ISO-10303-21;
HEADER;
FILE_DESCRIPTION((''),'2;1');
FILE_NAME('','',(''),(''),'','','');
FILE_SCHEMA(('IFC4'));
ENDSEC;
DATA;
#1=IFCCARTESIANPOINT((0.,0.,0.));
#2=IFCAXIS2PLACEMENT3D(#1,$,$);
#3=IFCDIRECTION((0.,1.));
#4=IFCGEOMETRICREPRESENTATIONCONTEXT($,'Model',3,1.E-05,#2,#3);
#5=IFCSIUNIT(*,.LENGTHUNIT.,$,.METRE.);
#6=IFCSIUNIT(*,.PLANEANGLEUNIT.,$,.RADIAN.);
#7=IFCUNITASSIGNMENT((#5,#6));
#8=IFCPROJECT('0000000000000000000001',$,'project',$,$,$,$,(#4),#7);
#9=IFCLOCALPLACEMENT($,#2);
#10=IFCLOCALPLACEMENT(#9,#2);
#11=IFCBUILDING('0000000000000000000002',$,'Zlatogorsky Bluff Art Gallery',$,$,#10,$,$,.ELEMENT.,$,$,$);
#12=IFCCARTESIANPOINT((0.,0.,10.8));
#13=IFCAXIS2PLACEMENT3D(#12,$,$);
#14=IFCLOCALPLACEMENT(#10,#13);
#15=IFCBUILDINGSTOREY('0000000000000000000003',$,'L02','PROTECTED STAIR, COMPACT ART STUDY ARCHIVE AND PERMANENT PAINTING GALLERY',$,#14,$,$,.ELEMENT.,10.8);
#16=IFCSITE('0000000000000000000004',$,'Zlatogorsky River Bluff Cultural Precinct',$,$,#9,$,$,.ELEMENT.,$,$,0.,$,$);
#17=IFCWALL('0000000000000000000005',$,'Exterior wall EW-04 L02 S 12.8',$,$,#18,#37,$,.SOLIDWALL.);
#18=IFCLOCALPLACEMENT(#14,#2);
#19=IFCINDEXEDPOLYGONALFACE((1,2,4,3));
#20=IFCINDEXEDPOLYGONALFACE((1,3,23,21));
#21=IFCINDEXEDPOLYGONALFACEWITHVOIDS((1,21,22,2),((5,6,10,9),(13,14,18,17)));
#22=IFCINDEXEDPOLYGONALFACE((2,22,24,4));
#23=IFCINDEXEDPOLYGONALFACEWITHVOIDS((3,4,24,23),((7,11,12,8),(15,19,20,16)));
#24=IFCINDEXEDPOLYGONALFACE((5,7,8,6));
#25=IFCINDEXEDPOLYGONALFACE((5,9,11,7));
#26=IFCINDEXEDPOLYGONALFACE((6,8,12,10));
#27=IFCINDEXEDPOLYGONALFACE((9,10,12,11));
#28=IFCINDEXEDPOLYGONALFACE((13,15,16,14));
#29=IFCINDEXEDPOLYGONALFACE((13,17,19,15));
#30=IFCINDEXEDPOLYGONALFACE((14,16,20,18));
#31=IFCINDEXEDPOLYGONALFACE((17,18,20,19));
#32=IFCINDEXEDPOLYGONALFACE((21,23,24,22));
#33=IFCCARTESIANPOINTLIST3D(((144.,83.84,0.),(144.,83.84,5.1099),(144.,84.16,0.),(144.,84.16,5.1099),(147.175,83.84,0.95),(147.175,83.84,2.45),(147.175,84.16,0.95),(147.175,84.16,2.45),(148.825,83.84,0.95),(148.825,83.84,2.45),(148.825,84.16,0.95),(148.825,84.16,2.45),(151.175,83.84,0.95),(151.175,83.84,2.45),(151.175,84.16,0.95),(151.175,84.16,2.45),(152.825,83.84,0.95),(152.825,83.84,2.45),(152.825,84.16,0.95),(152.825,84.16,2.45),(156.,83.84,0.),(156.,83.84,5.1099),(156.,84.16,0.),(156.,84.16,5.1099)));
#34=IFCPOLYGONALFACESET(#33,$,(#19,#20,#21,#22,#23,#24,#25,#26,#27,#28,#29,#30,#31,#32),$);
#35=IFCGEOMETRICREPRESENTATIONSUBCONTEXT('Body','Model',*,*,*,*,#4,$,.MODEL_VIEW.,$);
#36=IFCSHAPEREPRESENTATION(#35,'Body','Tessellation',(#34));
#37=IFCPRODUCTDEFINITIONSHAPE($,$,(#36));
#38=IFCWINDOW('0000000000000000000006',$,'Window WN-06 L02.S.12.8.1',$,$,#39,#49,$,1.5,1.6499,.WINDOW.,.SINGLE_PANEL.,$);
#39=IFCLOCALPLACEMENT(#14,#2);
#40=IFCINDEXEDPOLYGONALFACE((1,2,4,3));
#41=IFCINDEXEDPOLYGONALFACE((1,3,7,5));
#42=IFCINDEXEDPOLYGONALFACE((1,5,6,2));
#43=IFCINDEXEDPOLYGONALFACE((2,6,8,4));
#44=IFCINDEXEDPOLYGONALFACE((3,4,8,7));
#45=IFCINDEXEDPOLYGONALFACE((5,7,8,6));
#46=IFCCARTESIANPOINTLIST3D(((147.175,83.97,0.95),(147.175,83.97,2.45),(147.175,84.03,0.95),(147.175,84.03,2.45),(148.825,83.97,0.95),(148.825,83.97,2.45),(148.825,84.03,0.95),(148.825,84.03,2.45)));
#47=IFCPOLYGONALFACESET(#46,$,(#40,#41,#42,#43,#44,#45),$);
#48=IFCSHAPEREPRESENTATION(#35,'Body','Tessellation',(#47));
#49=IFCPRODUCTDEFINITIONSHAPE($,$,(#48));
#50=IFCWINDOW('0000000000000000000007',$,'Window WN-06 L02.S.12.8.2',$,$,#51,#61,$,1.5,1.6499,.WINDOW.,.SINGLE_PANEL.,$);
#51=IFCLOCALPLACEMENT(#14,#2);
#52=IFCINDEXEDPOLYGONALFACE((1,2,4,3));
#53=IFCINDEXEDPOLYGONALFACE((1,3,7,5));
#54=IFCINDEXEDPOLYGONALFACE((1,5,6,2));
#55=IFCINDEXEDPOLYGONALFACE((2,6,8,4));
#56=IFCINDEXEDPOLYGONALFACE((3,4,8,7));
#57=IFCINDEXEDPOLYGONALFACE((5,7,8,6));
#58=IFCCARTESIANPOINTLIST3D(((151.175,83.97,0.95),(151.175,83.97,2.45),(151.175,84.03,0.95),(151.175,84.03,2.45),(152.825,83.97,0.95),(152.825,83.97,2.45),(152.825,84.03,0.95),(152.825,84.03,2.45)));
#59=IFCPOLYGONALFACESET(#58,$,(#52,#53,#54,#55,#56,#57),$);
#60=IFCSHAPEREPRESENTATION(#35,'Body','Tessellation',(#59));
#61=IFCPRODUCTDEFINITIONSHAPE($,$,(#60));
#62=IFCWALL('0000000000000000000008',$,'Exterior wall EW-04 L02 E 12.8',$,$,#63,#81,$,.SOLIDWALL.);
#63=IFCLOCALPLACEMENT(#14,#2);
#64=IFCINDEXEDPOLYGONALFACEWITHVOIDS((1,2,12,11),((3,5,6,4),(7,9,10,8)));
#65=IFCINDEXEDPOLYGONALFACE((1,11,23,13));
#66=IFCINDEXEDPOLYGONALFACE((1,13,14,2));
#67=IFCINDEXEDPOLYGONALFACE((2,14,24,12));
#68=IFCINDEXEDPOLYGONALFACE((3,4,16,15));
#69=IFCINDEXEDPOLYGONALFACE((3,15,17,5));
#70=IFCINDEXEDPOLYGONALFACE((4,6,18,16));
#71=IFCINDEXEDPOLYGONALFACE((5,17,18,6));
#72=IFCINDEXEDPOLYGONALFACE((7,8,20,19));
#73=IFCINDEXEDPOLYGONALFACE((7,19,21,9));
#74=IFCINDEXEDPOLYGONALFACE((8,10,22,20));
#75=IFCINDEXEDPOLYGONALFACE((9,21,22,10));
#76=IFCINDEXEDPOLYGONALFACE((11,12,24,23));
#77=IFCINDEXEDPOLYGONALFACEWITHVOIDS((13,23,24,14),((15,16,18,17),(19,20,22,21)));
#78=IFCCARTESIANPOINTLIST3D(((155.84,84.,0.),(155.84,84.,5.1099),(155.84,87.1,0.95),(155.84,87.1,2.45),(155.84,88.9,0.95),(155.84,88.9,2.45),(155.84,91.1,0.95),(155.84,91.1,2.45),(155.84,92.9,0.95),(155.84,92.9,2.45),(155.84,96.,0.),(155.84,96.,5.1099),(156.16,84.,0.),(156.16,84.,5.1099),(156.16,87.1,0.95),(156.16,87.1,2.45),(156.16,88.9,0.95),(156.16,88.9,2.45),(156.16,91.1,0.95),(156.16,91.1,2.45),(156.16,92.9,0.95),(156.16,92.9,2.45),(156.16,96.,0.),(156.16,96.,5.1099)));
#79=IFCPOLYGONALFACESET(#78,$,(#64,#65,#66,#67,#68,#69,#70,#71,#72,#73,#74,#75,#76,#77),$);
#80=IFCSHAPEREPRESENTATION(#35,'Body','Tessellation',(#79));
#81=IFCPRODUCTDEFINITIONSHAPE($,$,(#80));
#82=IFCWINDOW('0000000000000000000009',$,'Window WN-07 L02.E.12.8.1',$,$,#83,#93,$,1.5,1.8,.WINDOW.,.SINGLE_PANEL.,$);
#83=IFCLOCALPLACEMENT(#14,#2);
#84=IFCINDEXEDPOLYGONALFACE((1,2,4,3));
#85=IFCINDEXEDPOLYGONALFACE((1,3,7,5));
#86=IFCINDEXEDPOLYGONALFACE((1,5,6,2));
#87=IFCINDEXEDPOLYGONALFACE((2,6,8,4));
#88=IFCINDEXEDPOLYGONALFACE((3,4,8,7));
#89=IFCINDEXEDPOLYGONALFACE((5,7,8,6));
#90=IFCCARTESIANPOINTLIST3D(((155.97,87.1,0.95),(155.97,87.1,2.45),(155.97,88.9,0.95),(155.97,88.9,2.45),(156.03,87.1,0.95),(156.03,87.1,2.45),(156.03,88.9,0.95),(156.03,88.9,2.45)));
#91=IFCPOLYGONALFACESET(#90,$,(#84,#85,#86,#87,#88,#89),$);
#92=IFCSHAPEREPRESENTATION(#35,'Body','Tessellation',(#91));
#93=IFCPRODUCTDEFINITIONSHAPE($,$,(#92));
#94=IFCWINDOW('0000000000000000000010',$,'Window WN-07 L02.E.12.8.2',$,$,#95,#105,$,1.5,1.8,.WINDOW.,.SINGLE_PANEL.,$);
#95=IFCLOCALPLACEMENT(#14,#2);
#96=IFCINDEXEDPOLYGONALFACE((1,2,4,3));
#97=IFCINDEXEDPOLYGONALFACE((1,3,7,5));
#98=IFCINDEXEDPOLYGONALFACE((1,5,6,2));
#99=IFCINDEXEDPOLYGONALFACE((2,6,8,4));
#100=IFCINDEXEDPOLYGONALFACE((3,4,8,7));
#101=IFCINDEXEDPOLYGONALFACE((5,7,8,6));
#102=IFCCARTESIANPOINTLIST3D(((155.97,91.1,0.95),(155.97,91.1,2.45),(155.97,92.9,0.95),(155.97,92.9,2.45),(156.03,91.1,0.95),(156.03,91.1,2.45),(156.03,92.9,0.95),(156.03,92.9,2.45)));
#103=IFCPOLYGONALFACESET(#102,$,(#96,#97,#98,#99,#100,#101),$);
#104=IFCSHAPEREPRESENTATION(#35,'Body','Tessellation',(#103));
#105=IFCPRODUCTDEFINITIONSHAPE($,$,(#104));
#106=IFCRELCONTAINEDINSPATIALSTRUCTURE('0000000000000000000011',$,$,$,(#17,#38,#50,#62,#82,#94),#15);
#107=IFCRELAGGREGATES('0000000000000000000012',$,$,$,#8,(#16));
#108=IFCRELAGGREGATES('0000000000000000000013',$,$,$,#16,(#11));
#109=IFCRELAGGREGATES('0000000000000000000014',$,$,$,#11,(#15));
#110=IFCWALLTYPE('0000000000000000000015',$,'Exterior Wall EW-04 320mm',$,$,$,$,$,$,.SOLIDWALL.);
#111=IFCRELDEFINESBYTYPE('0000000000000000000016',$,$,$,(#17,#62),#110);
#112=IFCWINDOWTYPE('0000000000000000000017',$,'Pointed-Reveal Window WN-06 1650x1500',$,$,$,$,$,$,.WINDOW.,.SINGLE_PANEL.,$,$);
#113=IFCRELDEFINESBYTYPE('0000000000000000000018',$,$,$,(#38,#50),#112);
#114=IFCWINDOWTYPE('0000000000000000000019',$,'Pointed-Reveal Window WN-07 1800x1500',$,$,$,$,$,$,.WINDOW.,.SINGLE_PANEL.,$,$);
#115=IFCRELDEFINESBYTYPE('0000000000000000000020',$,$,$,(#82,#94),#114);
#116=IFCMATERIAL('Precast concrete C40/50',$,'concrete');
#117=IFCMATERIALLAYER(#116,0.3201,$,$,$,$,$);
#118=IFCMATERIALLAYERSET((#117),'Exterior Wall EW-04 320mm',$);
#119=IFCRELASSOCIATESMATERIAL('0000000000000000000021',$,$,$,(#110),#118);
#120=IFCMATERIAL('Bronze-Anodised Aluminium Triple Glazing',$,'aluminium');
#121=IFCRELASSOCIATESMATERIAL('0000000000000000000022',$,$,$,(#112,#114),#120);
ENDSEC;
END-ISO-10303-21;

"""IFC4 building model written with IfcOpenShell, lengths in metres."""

from ifc_helpers import new_model, si_unit, direction, frame, frame_2d, origin, place, context, subcontext, project, spatial, rectangle, extrude, material, layer, layer_set, type_object, element, fill, save


model = new_model("IFC4")

# Units and contexts
model_context = context("Model", 3, precision=1e-05, world=origin(), true_north=direction((0.0, 1.0)))
body_context = subcontext(model_context, "Body", "Model", "MODEL_VIEW")
ifc_project = project(units=[si_unit("LENGTHUNIT", "METRE"), si_unit("PLANEANGLEUNIT", "RADIAN")], contexts=[model_context])

# Site, building, storey
site_placement = place(None, origin())
site = spatial("IfcSite", under=ifc_project, at=site_placement, Name="Zlatogorsky River Bluff Cultural Precinct", CompositionType="ELEMENT", RefElevation=0.0)
building_placement = place(site_placement, origin())
building = spatial("IfcBuilding", under=site, at=building_placement, Name="Zlatogorsky Bluff Art Gallery", CompositionType="ELEMENT")
storey_placement = place(building_placement, frame((0.0, 0.0, 10.8)))
storey = spatial("IfcBuildingStorey", under=building, at=storey_placement, Name="L02", Description="PROTECTED STAIR, COMPACT ART STUDY ARCHIVE AND PERMANENT PAINTING GALLERY", CompositionType="ELEMENT", Elevation=10.8)

# Walls, openings, windows
ifc_material_1 = material(Name="Precast concrete C40/50", Category="concrete")
ifc_layer_1 = layer(ifc_material_1, 0.3201)
ifc_layer_set_1 = layer_set([ifc_layer_1], Name="Exterior Wall EW-04 320mm")
wall_type = type_object("IfcWallType", Name="Exterior Wall EW-04 320mm", PredefinedType="SOLIDWALL", material=ifc_layer_set_1)
wall_1_placement = place(storey_placement, frame((144.0, 84.0, 0.0), z_axis=(0.0, 0.0, 1.0), x_axis=(1.0, 0.0, 0.0)))
wall_1 = element("IfcWall", 1, at=wall_1_placement, inside=storey, type_object=wall_type, Name="Exterior wall EW-04 L02 S 12.8", PredefinedType="SOLIDWALL", context=body_context, shape_type="SweptSolid", body=[
    extrude(rectangle(XDim=12.0, YDim=0.3201, at=frame_2d((6.0, 0.0))), origin(), (0.0, 0.0, 1.0), 5.1099),
])
opening_1_placement = place(wall_1_placement, frame((3.175, 0.0, 0.95)))
opening_1 = element("IfcOpeningElement", 2, at=opening_1_placement, cuts=wall_1, PredefinedType="OPENING", context=body_context, shape_type="SweptSolid", body=[
    extrude(rectangle(XDim=1.6499, YDim=1.5, at=frame_2d((0.825, 0.75))), frame((0.0, 0.1699, 0.0), z_axis=(0.0, -1.0, 0.0), x_axis=(1.0, 0.0, 0.0)), (0.0, 0.0, 1.0), 0.3401),
])
opening_2_placement = place(wall_1_placement, frame((7.175, 0.0, 0.95)))
opening_2 = element("IfcOpeningElement", 3, at=opening_2_placement, cuts=wall_1, PredefinedType="OPENING", context=body_context, shape_type="SweptSolid", body=[
    extrude(rectangle(XDim=1.6499, YDim=1.5, at=frame_2d((0.825, 0.75))), frame((0.0, 0.1699, 0.0), z_axis=(0.0, -1.0, 0.0), x_axis=(1.0, 0.0, 0.0)), (0.0, 0.0, 1.0), 0.3401),
])
ifc_material_2 = material(Name="Bronze-Anodised Aluminium Triple Glazing", Category="aluminium")
window_type_1 = type_object("IfcWindowType", Name="Pointed-Reveal Window WN-06 1650x1500", PartitioningType="SINGLE_PANEL", PredefinedType="WINDOW", material=ifc_material_2)
window_1_placement = place(opening_1_placement, origin())
window_1 = element("IfcWindow", 4, at=window_1_placement, inside=storey, type_object=window_type_1, Name="Window WN-06 L02.S.12.8.1", OverallHeight=1.5, OverallWidth=1.6499, PartitioningType="SINGLE_PANEL", PredefinedType="WINDOW", context=body_context, shape_type="SweptSolid", body=[
    extrude(rectangle(XDim=1.6499, YDim=1.5, at=frame_2d((0.825, 0.75))), frame((0.0, 0.03, 0.0), z_axis=(0.0, -1.0, 0.0), x_axis=(1.0, 0.0, 0.0)), (0.0, 0.0, 1.0), 0.0601),
])
fill(opening_1, window_1)
window_2_placement = place(opening_2_placement, origin())
window_2 = element("IfcWindow", 5, at=window_2_placement, inside=storey, type_object=window_type_1, Name="Window WN-06 L02.S.12.8.2", OverallHeight=1.5, OverallWidth=1.6499, PartitioningType="SINGLE_PANEL", PredefinedType="WINDOW", context=body_context, shape_type="SweptSolid", body=[
    extrude(rectangle(XDim=1.6499, YDim=1.5, at=frame_2d((0.825, 0.75))), frame((0.0, 0.03, 0.0), z_axis=(0.0, -1.0, 0.0), x_axis=(1.0, 0.0, 0.0)), (0.0, 0.0, 1.0), 0.0601),
])
fill(opening_2, window_2)
wall_2_placement = place(storey_placement, frame((156.0, 84.0, 0.0), z_axis=(0.0, 0.0, 1.0), x_axis=(0.0, 1.0, 0.0)))
wall_2 = element("IfcWall", 6, at=wall_2_placement, inside=storey, type_object=wall_type, Name="Exterior wall EW-04 L02 E 12.8", PredefinedType="SOLIDWALL", context=body_context, shape_type="SweptSolid", body=[
    extrude(rectangle(XDim=12.0, YDim=0.3201, at=frame_2d((6.0, 0.0))), origin(), (0.0, 0.0, 1.0), 5.1099),
])
opening_3_placement = place(wall_2_placement, frame((3.1001, 0.0, 0.95)))
opening_3 = element("IfcOpeningElement", 7, at=opening_3_placement, cuts=wall_2, PredefinedType="OPENING", context=body_context, shape_type="SweptSolid", body=[
    extrude(rectangle(XDim=1.8, YDim=1.5, at=frame_2d((0.8999, 0.75))), frame((0.0, 0.1699, 0.0), z_axis=(0.0, -1.0, 0.0), x_axis=(1.0, 0.0, 0.0)), (0.0, 0.0, 1.0), 0.3401),
])
opening_4_placement = place(wall_2_placement, frame((7.1001, 0.0, 0.95)))
opening_4 = element("IfcOpeningElement", 8, at=opening_4_placement, cuts=wall_2, PredefinedType="OPENING", context=body_context, shape_type="SweptSolid", body=[
    extrude(rectangle(XDim=1.8, YDim=1.5, at=frame_2d((0.8999, 0.75))), frame((0.0, 0.1699, 0.0), z_axis=(0.0, -1.0, 0.0), x_axis=(1.0, 0.0, 0.0)), (0.0, 0.0, 1.0), 0.3401),
])
window_type_2 = type_object("IfcWindowType", Name="Pointed-Reveal Window WN-07 1800x1500", PartitioningType="SINGLE_PANEL", PredefinedType="WINDOW", material=ifc_material_2)
window_3_placement = place(opening_3_placement, origin())
window_3 = element("IfcWindow", 9, at=window_3_placement, inside=storey, type_object=window_type_2, Name="Window WN-07 L02.E.12.8.1", OverallHeight=1.5, OverallWidth=1.8, PartitioningType="SINGLE_PANEL", PredefinedType="WINDOW", context=body_context, shape_type="SweptSolid", body=[
    extrude(rectangle(XDim=1.8, YDim=1.5, at=frame_2d((0.8999, 0.75))), frame((0.0, 0.03, 0.0), z_axis=(0.0, -1.0, 0.0), x_axis=(1.0, 0.0, 0.0)), (0.0, 0.0, 1.0), 0.0601),
])
fill(opening_3, window_3)
window_4_placement = place(opening_4_placement, origin())
window_4 = element("IfcWindow", 10, at=window_4_placement, inside=storey, type_object=window_type_2, Name="Window WN-07 L02.E.12.8.2", OverallHeight=1.5, OverallWidth=1.8, PartitioningType="SINGLE_PANEL", PredefinedType="WINDOW", context=body_context, shape_type="SweptSolid", body=[
    extrude(rectangle(XDim=1.8, YDim=1.5, at=frame_2d((0.8999, 0.75))), frame((0.0, 0.03, 0.0), z_axis=(0.0, -1.0, 0.0), x_axis=(1.0, 0.0, 0.0)), (0.0, 0.0, 1.0), 0.0601),
])
fill(opening_4, window_4)

save(model, "model.ifc")
